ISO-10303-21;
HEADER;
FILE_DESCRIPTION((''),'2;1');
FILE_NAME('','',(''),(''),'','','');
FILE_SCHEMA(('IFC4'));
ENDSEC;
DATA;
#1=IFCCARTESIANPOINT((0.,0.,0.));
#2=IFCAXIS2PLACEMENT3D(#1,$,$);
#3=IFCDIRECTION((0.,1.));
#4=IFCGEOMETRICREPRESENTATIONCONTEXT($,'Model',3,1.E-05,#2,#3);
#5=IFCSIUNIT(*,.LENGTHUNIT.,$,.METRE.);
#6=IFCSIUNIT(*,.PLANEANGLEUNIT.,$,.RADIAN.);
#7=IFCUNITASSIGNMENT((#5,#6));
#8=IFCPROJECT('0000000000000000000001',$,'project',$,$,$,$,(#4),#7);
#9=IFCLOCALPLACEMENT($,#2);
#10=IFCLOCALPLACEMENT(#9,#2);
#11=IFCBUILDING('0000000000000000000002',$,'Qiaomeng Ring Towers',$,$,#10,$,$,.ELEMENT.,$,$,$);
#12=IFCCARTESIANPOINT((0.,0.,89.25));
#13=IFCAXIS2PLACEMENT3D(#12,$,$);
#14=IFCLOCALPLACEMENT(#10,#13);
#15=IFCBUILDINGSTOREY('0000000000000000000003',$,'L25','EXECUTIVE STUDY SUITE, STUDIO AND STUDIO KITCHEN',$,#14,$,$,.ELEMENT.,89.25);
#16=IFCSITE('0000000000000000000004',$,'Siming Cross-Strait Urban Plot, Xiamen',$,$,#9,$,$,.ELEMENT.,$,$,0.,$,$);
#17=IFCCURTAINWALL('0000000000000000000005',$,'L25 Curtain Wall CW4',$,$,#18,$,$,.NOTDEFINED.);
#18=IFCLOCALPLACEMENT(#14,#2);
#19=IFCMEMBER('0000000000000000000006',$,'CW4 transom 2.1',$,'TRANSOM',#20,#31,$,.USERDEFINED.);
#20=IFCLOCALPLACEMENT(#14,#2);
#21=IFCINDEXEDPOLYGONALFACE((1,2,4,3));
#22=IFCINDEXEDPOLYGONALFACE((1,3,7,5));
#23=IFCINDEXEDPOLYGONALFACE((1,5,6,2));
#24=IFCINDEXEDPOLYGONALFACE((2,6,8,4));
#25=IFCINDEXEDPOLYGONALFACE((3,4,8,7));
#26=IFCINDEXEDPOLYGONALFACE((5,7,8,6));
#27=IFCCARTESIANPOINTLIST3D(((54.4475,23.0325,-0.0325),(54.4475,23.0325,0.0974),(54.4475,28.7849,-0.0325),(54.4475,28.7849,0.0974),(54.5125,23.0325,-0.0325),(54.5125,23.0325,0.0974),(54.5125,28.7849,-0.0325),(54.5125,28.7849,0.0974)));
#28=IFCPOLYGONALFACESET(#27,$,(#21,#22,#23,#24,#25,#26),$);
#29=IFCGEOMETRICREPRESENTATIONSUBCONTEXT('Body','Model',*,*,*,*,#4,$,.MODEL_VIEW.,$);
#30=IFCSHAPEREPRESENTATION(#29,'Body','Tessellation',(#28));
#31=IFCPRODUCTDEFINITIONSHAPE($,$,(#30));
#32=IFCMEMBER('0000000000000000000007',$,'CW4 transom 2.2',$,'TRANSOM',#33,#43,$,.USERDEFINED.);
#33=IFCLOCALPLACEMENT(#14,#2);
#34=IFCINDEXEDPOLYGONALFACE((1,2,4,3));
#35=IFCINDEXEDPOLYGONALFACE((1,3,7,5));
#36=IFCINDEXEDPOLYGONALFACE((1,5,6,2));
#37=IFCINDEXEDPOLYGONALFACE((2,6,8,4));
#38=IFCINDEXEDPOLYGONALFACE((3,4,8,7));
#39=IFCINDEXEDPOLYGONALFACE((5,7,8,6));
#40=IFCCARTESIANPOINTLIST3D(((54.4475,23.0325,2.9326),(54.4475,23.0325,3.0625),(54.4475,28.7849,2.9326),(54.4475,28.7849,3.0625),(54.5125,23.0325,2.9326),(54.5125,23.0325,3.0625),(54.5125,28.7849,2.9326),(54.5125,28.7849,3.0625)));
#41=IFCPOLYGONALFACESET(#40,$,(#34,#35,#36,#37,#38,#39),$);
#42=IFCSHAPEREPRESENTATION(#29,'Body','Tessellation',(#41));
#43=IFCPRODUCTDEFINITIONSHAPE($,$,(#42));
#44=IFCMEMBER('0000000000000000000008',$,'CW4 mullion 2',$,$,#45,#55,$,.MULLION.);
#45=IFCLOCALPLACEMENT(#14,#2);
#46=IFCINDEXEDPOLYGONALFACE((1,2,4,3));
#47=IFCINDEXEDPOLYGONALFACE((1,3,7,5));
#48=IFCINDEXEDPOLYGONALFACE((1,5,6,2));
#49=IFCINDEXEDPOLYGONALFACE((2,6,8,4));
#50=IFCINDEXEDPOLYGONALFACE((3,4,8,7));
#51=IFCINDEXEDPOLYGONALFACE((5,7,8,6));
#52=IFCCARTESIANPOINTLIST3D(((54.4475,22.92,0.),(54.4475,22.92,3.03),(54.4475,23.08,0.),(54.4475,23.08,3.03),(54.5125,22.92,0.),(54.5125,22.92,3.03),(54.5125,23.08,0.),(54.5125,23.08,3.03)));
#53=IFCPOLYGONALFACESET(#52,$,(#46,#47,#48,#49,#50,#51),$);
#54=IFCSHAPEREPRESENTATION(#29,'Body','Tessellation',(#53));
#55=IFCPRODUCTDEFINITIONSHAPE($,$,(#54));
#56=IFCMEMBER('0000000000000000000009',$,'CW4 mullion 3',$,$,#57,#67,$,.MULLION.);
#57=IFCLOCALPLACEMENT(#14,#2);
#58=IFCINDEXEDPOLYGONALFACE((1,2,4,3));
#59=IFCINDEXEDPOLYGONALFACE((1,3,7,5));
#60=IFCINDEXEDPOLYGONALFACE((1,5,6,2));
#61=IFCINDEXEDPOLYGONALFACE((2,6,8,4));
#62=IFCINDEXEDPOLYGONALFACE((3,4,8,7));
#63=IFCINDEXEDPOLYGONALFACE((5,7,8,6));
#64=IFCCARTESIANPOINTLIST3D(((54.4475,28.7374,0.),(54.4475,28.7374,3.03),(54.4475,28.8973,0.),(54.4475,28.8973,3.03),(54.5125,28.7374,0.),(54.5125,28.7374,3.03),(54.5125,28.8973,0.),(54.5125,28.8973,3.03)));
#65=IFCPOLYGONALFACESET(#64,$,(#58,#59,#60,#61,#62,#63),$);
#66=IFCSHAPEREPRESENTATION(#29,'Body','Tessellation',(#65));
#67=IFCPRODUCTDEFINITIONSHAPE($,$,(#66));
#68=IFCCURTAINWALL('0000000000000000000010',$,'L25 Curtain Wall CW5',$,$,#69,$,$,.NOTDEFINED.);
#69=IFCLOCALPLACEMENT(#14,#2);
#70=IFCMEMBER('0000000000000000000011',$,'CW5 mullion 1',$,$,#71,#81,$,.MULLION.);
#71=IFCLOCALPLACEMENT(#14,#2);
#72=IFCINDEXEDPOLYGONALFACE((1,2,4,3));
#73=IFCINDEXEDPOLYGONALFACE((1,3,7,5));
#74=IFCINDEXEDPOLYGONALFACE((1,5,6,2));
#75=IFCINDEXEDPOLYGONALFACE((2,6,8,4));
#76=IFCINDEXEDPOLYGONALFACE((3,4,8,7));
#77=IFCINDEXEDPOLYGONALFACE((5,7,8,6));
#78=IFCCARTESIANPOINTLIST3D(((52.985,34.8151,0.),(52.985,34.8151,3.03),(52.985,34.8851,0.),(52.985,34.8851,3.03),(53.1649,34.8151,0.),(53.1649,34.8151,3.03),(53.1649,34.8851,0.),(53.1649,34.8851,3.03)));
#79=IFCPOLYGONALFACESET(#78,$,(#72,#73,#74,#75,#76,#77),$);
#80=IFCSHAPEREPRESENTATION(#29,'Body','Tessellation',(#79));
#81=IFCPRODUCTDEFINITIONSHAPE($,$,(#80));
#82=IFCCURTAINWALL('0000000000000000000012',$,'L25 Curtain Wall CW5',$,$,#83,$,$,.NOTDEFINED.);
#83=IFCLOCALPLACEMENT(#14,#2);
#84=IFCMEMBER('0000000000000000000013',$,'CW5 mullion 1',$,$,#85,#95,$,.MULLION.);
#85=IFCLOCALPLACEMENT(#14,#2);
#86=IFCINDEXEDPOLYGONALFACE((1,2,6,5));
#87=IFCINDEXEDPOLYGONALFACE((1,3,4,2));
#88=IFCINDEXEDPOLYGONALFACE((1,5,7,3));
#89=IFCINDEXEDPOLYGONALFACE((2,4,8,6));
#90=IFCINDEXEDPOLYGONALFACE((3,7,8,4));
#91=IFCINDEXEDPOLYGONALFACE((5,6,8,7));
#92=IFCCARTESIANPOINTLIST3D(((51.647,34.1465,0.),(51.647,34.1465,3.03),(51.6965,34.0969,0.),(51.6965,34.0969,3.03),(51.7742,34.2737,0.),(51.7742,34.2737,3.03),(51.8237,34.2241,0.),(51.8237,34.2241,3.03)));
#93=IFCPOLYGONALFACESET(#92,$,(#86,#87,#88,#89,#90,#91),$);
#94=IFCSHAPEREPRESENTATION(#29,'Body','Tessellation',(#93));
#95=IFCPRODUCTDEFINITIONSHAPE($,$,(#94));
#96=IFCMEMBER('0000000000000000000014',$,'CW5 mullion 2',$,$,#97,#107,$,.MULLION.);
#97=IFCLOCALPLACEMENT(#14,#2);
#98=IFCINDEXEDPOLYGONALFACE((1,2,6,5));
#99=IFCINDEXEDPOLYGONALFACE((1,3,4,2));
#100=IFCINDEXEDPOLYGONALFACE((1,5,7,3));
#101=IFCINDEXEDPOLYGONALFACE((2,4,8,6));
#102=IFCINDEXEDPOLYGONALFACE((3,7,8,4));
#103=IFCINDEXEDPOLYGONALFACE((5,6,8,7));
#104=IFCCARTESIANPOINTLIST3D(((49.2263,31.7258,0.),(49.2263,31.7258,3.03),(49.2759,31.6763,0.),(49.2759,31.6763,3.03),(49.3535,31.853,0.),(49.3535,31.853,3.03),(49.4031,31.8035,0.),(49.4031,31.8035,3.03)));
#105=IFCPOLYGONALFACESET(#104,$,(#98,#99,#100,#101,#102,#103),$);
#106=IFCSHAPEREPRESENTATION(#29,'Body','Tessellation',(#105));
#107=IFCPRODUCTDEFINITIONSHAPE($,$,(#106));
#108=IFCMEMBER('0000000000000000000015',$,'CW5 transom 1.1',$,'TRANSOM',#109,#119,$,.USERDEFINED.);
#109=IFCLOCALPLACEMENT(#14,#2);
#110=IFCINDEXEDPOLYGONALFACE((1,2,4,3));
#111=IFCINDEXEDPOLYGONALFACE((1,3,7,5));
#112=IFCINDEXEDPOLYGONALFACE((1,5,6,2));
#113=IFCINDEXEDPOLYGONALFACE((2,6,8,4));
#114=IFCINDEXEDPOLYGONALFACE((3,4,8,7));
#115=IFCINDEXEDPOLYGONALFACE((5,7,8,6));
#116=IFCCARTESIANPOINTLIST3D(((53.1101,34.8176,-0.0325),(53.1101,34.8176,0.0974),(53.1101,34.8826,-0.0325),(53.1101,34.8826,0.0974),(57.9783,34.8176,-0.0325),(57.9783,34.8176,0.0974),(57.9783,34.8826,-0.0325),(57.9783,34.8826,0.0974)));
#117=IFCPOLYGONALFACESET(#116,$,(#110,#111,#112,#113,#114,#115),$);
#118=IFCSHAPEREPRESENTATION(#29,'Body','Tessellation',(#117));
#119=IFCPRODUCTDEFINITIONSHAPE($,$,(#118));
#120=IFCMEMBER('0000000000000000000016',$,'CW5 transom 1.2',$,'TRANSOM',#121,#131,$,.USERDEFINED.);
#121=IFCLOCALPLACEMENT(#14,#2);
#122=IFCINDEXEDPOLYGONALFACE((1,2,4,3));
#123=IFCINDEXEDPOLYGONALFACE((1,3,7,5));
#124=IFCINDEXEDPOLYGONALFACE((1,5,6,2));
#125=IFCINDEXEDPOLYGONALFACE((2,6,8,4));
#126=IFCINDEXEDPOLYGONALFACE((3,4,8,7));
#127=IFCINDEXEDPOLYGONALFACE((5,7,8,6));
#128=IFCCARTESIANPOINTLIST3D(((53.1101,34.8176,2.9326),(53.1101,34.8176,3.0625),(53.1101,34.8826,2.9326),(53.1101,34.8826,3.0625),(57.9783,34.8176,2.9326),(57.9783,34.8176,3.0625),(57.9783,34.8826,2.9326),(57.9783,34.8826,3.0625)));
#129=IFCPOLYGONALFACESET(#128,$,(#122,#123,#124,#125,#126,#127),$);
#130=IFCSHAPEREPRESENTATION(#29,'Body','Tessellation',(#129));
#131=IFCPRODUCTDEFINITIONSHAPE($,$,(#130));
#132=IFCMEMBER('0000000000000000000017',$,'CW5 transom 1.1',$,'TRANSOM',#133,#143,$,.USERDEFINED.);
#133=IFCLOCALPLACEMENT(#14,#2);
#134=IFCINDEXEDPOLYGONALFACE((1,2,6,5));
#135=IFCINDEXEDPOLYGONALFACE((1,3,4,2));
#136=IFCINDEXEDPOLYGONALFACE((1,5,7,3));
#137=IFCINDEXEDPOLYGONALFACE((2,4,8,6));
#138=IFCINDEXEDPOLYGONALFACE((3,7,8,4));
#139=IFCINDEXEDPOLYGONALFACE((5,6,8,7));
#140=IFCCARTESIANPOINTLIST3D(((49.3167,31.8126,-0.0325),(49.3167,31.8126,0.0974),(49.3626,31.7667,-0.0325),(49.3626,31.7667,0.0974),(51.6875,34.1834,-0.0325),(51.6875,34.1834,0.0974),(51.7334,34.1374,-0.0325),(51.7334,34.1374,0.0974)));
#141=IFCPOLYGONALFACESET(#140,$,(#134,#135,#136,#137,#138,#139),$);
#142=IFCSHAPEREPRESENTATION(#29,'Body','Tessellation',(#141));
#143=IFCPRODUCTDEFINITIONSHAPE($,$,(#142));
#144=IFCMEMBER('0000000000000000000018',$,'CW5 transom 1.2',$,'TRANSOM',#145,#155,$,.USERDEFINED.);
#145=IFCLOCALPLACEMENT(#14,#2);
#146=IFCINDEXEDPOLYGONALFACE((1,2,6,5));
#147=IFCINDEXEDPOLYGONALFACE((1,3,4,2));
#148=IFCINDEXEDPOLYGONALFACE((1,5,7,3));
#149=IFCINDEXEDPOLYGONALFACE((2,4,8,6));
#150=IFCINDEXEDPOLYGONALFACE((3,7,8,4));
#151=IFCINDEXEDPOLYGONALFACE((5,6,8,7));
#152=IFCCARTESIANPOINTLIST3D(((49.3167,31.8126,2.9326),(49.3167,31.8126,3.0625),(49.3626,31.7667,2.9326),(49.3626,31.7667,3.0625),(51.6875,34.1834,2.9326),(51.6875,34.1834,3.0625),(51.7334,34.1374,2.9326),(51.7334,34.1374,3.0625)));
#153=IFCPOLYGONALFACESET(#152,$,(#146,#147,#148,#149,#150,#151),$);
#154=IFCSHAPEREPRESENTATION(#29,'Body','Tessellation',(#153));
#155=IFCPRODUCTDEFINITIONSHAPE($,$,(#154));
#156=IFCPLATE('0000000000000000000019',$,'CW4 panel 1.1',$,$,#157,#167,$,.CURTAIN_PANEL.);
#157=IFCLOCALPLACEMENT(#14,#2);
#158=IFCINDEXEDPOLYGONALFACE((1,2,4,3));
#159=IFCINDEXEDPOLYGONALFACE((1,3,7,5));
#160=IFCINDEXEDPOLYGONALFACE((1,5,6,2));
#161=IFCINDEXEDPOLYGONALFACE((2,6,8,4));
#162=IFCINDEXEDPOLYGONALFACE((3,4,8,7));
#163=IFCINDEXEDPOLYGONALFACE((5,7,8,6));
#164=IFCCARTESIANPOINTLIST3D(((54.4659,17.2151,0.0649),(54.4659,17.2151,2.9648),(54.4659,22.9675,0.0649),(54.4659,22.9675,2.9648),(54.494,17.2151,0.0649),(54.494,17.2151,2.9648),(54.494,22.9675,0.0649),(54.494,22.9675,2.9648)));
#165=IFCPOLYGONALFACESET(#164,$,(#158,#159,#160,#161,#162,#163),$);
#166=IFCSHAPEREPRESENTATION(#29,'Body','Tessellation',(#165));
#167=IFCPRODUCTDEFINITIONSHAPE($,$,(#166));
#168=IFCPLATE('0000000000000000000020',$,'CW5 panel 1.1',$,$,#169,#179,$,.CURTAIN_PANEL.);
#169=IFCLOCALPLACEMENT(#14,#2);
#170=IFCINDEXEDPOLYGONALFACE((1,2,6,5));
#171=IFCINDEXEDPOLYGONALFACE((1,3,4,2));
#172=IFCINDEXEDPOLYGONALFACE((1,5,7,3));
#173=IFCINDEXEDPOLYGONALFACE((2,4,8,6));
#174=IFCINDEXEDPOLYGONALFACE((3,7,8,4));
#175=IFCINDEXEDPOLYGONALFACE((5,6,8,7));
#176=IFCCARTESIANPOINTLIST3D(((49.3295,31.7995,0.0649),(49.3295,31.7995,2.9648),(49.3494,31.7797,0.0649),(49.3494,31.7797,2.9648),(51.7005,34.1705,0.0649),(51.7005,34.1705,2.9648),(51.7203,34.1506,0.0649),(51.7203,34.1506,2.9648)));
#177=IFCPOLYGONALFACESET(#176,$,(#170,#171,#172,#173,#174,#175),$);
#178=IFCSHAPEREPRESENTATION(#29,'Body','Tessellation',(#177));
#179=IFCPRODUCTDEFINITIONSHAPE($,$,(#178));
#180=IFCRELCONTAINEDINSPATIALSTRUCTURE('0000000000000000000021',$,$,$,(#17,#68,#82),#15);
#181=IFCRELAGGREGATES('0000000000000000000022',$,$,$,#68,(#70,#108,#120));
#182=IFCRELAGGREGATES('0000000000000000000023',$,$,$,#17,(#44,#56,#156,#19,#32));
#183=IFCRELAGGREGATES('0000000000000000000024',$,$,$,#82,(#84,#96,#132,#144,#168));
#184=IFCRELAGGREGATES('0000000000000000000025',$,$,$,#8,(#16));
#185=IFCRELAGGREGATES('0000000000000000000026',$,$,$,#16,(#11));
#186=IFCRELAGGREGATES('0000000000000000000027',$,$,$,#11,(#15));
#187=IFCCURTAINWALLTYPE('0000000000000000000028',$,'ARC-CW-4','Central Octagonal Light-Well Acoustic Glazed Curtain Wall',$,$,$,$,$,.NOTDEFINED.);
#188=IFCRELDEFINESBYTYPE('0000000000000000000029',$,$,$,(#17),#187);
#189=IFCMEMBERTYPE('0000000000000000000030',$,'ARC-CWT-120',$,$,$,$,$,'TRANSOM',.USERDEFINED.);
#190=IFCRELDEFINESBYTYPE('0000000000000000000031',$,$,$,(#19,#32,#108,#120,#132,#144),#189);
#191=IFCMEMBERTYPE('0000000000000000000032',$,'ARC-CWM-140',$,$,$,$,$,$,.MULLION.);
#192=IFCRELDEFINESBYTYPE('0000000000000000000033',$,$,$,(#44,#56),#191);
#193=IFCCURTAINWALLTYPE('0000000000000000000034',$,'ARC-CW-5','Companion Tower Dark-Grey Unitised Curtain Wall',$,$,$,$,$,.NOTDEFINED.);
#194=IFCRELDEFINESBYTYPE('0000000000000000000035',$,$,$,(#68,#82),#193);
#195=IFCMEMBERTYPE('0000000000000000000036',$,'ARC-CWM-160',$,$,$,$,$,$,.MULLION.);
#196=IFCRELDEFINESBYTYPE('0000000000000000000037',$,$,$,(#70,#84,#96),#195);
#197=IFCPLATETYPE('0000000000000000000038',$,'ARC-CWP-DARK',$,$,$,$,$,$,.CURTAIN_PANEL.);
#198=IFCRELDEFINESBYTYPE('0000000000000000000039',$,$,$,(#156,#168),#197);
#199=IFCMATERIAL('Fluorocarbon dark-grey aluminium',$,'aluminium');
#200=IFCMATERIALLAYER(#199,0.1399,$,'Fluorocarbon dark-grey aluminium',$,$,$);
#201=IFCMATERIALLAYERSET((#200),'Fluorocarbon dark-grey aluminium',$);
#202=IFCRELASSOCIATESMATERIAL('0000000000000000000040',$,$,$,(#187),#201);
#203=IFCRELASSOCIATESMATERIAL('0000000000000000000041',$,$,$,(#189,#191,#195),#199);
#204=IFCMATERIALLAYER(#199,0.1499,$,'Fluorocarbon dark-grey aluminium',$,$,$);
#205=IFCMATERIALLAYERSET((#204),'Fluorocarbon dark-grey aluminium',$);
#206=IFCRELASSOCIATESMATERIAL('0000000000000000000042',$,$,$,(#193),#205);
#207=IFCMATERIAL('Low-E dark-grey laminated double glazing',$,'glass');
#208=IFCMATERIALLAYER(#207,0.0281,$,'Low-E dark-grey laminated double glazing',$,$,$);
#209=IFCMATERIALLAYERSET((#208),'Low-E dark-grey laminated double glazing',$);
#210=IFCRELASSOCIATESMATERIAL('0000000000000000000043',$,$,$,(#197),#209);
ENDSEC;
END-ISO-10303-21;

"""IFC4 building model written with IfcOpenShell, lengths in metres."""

from ifc_helpers import new_model, si_unit, direction, frame, origin, origin_2d, place, context, subcontext, project, spatial, rectangle, extrude, source, transform, mapped, material, layer, layer_set, material_profile, profile_set, type_object, element, aggregate, save


model = new_model("IFC4")

# Units and contexts
model_context = context("Model", 3, precision=1e-05, world=origin(), true_north=direction((0.0, 1.0)))
body_context = subcontext(model_context, "Body", "Model", "MODEL_VIEW")
ifc_project = project(units=[si_unit("LENGTHUNIT", "METRE"), si_unit("PLANEANGLEUNIT", "RADIAN")], contexts=[model_context])

# Site, building, storey
site_placement = place(None, origin())
site = spatial("IfcSite", under=ifc_project, at=site_placement, Name="Siming Cross-Strait Urban Plot, Xiamen", CompositionType="ELEMENT", RefElevation=0.0)
building_placement = place(site_placement, origin())
building = spatial("IfcBuilding", under=site, at=building_placement, Name="Qiaomeng Ring Towers", CompositionType="ELEMENT")
storey_placement = place(building_placement, frame((0.0, 0.0, 89.25)))
storey = spatial("IfcBuildingStorey", under=building, at=storey_placement, Name="L25", Description="EXECUTIVE STUDY SUITE, STUDIO AND STUDIO KITCHEN", CompositionType="ELEMENT", Elevation=89.25)

# Curtain wall, members
ifc_material_1 = material(Name="Fluorocarbon dark-grey aluminium", Category="aluminium")
ifc_layer_1 = layer(ifc_material_1, 0.1399, Name="Fluorocarbon dark-grey aluminium")
ifc_layer_set_1 = layer_set([ifc_layer_1], Name="Fluorocarbon dark-grey aluminium")
curtain_wall_type_1 = type_object("IfcCurtainWallType", Name="ARC-CW-4", Description="Central Octagonal Light-Well Acoustic Glazed Curtain Wall", PredefinedType="NOTDEFINED", material=ifc_layer_set_1)
curtain_wall_1_placement = place(storey_placement, origin())
curtain_wall_1 = element("IfcCurtainWall", 1, at=curtain_wall_1_placement, inside=storey, type_object=curtain_wall_type_1, Name="L25 Curtain Wall CW4", PredefinedType="NOTDEFINED")
ifc_material_profile_1 = material_profile(ifc_material_1, rectangle(XDim=0.0649, YDim=0.1299, at=origin_2d()), Name="ALU TRAN 65x130")
ifc_profile_set_1 = profile_set([ifc_material_profile_1], Name="Fluorocarbon dark-grey aluminium")
member_type_1 = type_object("IfcMemberType", Name="ARC-CWT-120", ElementType="TRANSOM", PredefinedType="USERDEFINED", material=ifc_profile_set_1)
shared_shape_1 = source(origin(), body_context, "Body", "SweptSolid", [
    extrude(rectangle(XDim=0.0649, YDim=0.1299, at=origin_2d()), origin(), (0.0, 0.0, 1.0), 5.7524),
])
member_1_placement = place(storey_placement, frame((54.48, 23.0325, 0.0325), z_axis=(0.0, 1.0, 0.0), x_axis=(-1.0, 0.0, 0.0)))
member_1 = element("IfcMember", 2, at=member_1_placement, type_object=member_type_1, Name="CW4 transom 2.1", ObjectType="TRANSOM", PredefinedType="USERDEFINED", context=body_context, shape_type="MappedRepresentation", body=[
    mapped(shared_shape_1, transform((0.0, 0.0, 0.0), x_axis=(1.0, 0.0, 0.0), y_axis=(0.0, 1.0, 0.0), z_axis=(0.0, 0.0, 1.0), scale=1.0)),
])
member_2_placement = place(storey_placement, frame((54.48, 23.0325, 2.9976), z_axis=(0.0, 1.0, 0.0), x_axis=(-1.0, 0.0, 0.0)))
member_2 = element("IfcMember", 3, at=member_2_placement, type_object=member_type_1, Name="CW4 transom 2.2", ObjectType="TRANSOM", PredefinedType="USERDEFINED", context=body_context, shape_type="MappedRepresentation", body=[
    mapped(shared_shape_1, transform((0.0, 0.0, 0.0), x_axis=(1.0, 0.0, 0.0), y_axis=(0.0, 1.0, 0.0), z_axis=(0.0, 0.0, 1.0), scale=1.0)),
])
ifc_material_profile_2 = material_profile(ifc_material_1, rectangle(XDim=0.0649, YDim=0.1599, at=origin_2d()), Name="ALU MULL 65x160")
ifc_profile_set_2 = profile_set([ifc_material_profile_2], Name="Fluorocarbon dark-grey aluminium")
member_type_2 = type_object("IfcMemberType", Name="ARC-CWM-140", PredefinedType="MULLION", material=ifc_profile_set_2)
shared_shape_2 = source(origin(), body_context, "Body", "SweptSolid", [
    extrude(rectangle(XDim=0.0649, YDim=0.1599, at=origin_2d()), origin(), (0.0, 0.0, 1.0), 3.03),
])
member_3_placement = place(storey_placement, frame((54.48, 23.0, 0.0), z_axis=(0.0, 0.0, 1.0), x_axis=(-1.0, 0.0, 0.0)))
member_3 = element("IfcMember", 4, at=member_3_placement, type_object=member_type_2, Name="CW4 mullion 2", PredefinedType="MULLION", context=body_context, shape_type="MappedRepresentation", body=[
    mapped(shared_shape_2, transform((0.0, 0.0, 0.0), x_axis=(1.0, 0.0, 0.0), y_axis=(0.0, 1.0, 0.0), z_axis=(0.0, 0.0, 1.0), scale=1.0)),
])
member_4_placement = place(storey_placement, frame((54.48, 28.8174, 0.0), z_axis=(0.0, 0.0, 1.0), x_axis=(-1.0, 0.0, 0.0)))
member_4 = element("IfcMember", 5, at=member_4_placement, type_object=member_type_2, Name="CW4 mullion 3", PredefinedType="MULLION", context=body_context, shape_type="MappedRepresentation", body=[
    mapped(shared_shape_2, transform((0.0, 0.0, 0.0), x_axis=(1.0, 0.0, 0.0), y_axis=(0.0, 1.0, 0.0), z_axis=(0.0, 0.0, 1.0), scale=1.0)),
])

# Curtain wall, member
ifc_layer_2 = layer(ifc_material_1, 0.1499, Name="Fluorocarbon dark-grey aluminium")
ifc_layer_set_2 = layer_set([ifc_layer_2], Name="Fluorocarbon dark-grey aluminium")
curtain_wall_type_2 = type_object("IfcCurtainWallType", Name="ARC-CW-5", Description="Companion Tower Dark-Grey Unitised Curtain Wall", PredefinedType="NOTDEFINED", material=ifc_layer_set_2)
curtain_wall_2_placement = place(storey_placement, origin())
curtain_wall_2 = element("IfcCurtainWall", 6, at=curtain_wall_2_placement, inside=storey, type_object=curtain_wall_type_2, Name="L25 Curtain Wall CW5", PredefinedType="NOTDEFINED")
ifc_material_profile_3 = material_profile(ifc_material_1, rectangle(XDim=0.0701, YDim=0.1799, at=origin_2d()), Name="ALU MULL 70x180")
ifc_profile_set_3 = profile_set([ifc_material_profile_3], Name="Fluorocarbon dark-grey aluminium")
member_type_3 = type_object("IfcMemberType", Name="ARC-CWM-160", PredefinedType="MULLION", material=ifc_profile_set_3)
shared_shape_3 = source(origin(), body_context, "Body", "SweptSolid", [
    extrude(rectangle(XDim=0.0701, YDim=0.1799, at=origin_2d()), origin(), (0.0, 0.0, 1.0), 3.03),
])
member_5_placement = place(storey_placement, frame((53.075, 34.8501, 0.0), z_axis=(0.0, 0.0, 1.0), x_axis=(0.0, 1.0, 0.0)))
member_5 = element("IfcMember", 7, at=member_5_placement, type_object=member_type_3, Name="CW5 mullion 1", PredefinedType="MULLION", context=body_context, shape_type="MappedRepresentation", body=[
    mapped(shared_shape_3, transform((0.0, 0.0, 0.0), x_axis=(1.0, 0.0, 0.0), y_axis=(0.0, 1.0, 0.0), z_axis=(0.0, 0.0, 1.0), scale=1.0)),
])

# Curtain wall, members
curtain_wall_3_placement = place(storey_placement, origin())
curtain_wall_3 = element("IfcCurtainWall", 8, at=curtain_wall_3_placement, inside=storey, type_object=curtain_wall_type_2, Name="L25 Curtain Wall CW5", PredefinedType="NOTDEFINED")
member_6_placement = place(storey_placement, frame((51.7354, 34.1853, 0.0), z_axis=(0.0, 0.0, 1.0), x_axis=(0.707107, -0.707107, 0.0)))
member_6 = element("IfcMember", 9, at=member_6_placement, type_object=member_type_3, Name="CW5 mullion 1", PredefinedType="MULLION", context=body_context, shape_type="MappedRepresentation", body=[
    mapped(shared_shape_3, transform((0.0, 0.0, 0.0), x_axis=(1.0, 0.0, 0.0), y_axis=(0.0, 1.0, 0.0), z_axis=(0.0, 0.0, 1.0), scale=1.0)),
])
member_7_placement = place(storey_placement, frame((49.3147, 31.7646, 0.0), z_axis=(0.0, 0.0, 1.0), x_axis=(0.707107, -0.707107, 0.0)))
member_7 = element("IfcMember", 10, at=member_7_placement, type_object=member_type_3, Name="CW5 mullion 2", PredefinedType="MULLION", context=body_context, shape_type="MappedRepresentation", body=[
    mapped(shared_shape_3, transform((0.0, 0.0, 0.0), x_axis=(1.0, 0.0, 0.0), y_axis=(0.0, 1.0, 0.0), z_axis=(0.0, 0.0, 1.0), scale=1.0)),
])

# Members
shared_shape_4 = source(origin(), body_context, "Body", "SweptSolid", [
    extrude(rectangle(XDim=0.0649, YDim=0.1299, at=origin_2d()), origin(), (0.0, 0.0, 1.0), 4.8682),
])
member_8_placement = place(storey_placement, frame((53.1101, 34.8501, 0.0325), z_axis=(1.0, 0.0, 0.0), x_axis=(0.0, 1.0, 0.0)))
member_8 = element("IfcMember", 11, at=member_8_placement, type_object=member_type_1, Name="CW5 transom 1.1", ObjectType="TRANSOM", PredefinedType="USERDEFINED", context=body_context, shape_type="MappedRepresentation", body=[
    mapped(shared_shape_4, transform((0.0, 0.0, 0.0), x_axis=(1.0, 0.0, 0.0), y_axis=(0.0, 1.0, 0.0), z_axis=(0.0, 0.0, 1.0), scale=1.0)),
])
member_9_placement = place(storey_placement, frame((53.1101, 34.8501, 2.9976), z_axis=(1.0, 0.0, 0.0), x_axis=(0.0, 1.0, 0.0)))
member_9 = element("IfcMember", 12, at=member_9_placement, type_object=member_type_1, Name="CW5 transom 1.2", ObjectType="TRANSOM", PredefinedType="USERDEFINED", context=body_context, shape_type="MappedRepresentation", body=[
    mapped(shared_shape_4, transform((0.0, 0.0, 0.0), x_axis=(1.0, 0.0, 0.0), y_axis=(0.0, 1.0, 0.0), z_axis=(0.0, 0.0, 1.0), scale=1.0)),
])
aggregate(curtain_wall_2, [member_5, member_8, member_9])
shared_shape_5 = source(origin(), body_context, "Body", "SweptSolid", [
    extrude(rectangle(XDim=0.0649, YDim=0.1299, at=origin_2d()), origin(), (0.0, 0.0, 1.0), 3.3528),
])
member_10_placement = place(storey_placement, frame((51.7104, 34.1604, 0.0325), z_axis=(-0.707107, -0.707107, 0.0), x_axis=(0.707107, -0.707107, 0.0)))
member_10 = element("IfcMember", 13, at=member_10_placement, type_object=member_type_1, Name="CW5 transom 1.1", ObjectType="TRANSOM", PredefinedType="USERDEFINED", context=body_context, shape_type="MappedRepresentation", body=[
    mapped(shared_shape_5, transform((0.0, 0.0, 0.0), x_axis=(1.0, 0.0, 0.0), y_axis=(0.0, 1.0, 0.0), z_axis=(0.0, 0.0, 1.0), scale=1.0)),
])
member_11_placement = place(storey_placement, frame((51.7104, 34.1604, 2.9976), z_axis=(-0.707107, -0.707107, 0.0), x_axis=(0.707107, -0.707107, 0.0)))
member_11 = element("IfcMember", 14, at=member_11_placement, type_object=member_type_1, Name="CW5 transom 1.2", ObjectType="TRANSOM", PredefinedType="USERDEFINED", context=body_context, shape_type="MappedRepresentation", body=[
    mapped(shared_shape_5, transform((0.0, 0.0, 0.0), x_axis=(1.0, 0.0, 0.0), y_axis=(0.0, 1.0, 0.0), z_axis=(0.0, 0.0, 1.0), scale=1.0)),
])

# Plates
ifc_material_2 = material(Name="Low-E dark-grey laminated double glazing", Category="glass")
ifc_layer_3 = layer(ifc_material_2, 0.0281, Name="Low-E dark-grey laminated double glazing")
ifc_layer_set_3 = layer_set([ifc_layer_3], Name="Low-E dark-grey laminated double glazing")
plate_type = type_object("IfcPlateType", Name="ARC-CWP-DARK", PredefinedType="CURTAIN_PANEL", material=ifc_layer_set_3)
shared_shape_6 = source(origin(), body_context, "Body", "SweptSolid", [
    extrude(rectangle(XDim=5.7524, YDim=0.0281, at=origin_2d()), origin(), (0.0, 0.0, 1.0), 2.8999),
])
plate_1_placement = place(storey_placement, frame((54.48, 20.0913, 0.0649), z_axis=(0.0, 0.0, 1.0), x_axis=(0.0, 1.0, 0.0)))
plate_1 = element("IfcPlate", 15, at=plate_1_placement, type_object=plate_type, Name="CW4 panel 1.1", PredefinedType="CURTAIN_PANEL", context=body_context, shape_type="MappedRepresentation", body=[
    mapped(shared_shape_6, transform((0.0, 0.0, 0.0), x_axis=(1.0, 0.0, 0.0), y_axis=(0.0, 1.0, 0.0), z_axis=(0.0, 0.0, 1.0), scale=1.0)),
])
aggregate(curtain_wall_1, [member_3, member_4, plate_1, member_1, member_2])
shared_shape_7 = source(origin(), body_context, "Body", "SweptSolid", [
    extrude(rectangle(XDim=3.353, YDim=0.0281, at=origin_2d()), origin(), (0.0, 0.0, 1.0), 2.8999),
])
plate_2_placement = place(storey_placement, frame((50.5249, 32.9751, 0.0649), z_axis=(0.0, 0.0, 1.0), x_axis=(-0.707107, -0.707107, 0.0)))
plate_2 = element("IfcPlate", 16, at=plate_2_placement, type_object=plate_type, Name="CW5 panel 1.1", PredefinedType="CURTAIN_PANEL", context=body_context, shape_type="MappedRepresentation", body=[
    mapped(shared_shape_7, transform((0.0, 0.0, 0.0), x_axis=(1.0, 0.0, 0.0), y_axis=(0.0, 1.0, 0.0), z_axis=(0.0, 0.0, 1.0), scale=1.0)),
])
aggregate(curtain_wall_3, [member_6, member_7, member_10, member_11, plate_2])

save(model, "model.ifc")
